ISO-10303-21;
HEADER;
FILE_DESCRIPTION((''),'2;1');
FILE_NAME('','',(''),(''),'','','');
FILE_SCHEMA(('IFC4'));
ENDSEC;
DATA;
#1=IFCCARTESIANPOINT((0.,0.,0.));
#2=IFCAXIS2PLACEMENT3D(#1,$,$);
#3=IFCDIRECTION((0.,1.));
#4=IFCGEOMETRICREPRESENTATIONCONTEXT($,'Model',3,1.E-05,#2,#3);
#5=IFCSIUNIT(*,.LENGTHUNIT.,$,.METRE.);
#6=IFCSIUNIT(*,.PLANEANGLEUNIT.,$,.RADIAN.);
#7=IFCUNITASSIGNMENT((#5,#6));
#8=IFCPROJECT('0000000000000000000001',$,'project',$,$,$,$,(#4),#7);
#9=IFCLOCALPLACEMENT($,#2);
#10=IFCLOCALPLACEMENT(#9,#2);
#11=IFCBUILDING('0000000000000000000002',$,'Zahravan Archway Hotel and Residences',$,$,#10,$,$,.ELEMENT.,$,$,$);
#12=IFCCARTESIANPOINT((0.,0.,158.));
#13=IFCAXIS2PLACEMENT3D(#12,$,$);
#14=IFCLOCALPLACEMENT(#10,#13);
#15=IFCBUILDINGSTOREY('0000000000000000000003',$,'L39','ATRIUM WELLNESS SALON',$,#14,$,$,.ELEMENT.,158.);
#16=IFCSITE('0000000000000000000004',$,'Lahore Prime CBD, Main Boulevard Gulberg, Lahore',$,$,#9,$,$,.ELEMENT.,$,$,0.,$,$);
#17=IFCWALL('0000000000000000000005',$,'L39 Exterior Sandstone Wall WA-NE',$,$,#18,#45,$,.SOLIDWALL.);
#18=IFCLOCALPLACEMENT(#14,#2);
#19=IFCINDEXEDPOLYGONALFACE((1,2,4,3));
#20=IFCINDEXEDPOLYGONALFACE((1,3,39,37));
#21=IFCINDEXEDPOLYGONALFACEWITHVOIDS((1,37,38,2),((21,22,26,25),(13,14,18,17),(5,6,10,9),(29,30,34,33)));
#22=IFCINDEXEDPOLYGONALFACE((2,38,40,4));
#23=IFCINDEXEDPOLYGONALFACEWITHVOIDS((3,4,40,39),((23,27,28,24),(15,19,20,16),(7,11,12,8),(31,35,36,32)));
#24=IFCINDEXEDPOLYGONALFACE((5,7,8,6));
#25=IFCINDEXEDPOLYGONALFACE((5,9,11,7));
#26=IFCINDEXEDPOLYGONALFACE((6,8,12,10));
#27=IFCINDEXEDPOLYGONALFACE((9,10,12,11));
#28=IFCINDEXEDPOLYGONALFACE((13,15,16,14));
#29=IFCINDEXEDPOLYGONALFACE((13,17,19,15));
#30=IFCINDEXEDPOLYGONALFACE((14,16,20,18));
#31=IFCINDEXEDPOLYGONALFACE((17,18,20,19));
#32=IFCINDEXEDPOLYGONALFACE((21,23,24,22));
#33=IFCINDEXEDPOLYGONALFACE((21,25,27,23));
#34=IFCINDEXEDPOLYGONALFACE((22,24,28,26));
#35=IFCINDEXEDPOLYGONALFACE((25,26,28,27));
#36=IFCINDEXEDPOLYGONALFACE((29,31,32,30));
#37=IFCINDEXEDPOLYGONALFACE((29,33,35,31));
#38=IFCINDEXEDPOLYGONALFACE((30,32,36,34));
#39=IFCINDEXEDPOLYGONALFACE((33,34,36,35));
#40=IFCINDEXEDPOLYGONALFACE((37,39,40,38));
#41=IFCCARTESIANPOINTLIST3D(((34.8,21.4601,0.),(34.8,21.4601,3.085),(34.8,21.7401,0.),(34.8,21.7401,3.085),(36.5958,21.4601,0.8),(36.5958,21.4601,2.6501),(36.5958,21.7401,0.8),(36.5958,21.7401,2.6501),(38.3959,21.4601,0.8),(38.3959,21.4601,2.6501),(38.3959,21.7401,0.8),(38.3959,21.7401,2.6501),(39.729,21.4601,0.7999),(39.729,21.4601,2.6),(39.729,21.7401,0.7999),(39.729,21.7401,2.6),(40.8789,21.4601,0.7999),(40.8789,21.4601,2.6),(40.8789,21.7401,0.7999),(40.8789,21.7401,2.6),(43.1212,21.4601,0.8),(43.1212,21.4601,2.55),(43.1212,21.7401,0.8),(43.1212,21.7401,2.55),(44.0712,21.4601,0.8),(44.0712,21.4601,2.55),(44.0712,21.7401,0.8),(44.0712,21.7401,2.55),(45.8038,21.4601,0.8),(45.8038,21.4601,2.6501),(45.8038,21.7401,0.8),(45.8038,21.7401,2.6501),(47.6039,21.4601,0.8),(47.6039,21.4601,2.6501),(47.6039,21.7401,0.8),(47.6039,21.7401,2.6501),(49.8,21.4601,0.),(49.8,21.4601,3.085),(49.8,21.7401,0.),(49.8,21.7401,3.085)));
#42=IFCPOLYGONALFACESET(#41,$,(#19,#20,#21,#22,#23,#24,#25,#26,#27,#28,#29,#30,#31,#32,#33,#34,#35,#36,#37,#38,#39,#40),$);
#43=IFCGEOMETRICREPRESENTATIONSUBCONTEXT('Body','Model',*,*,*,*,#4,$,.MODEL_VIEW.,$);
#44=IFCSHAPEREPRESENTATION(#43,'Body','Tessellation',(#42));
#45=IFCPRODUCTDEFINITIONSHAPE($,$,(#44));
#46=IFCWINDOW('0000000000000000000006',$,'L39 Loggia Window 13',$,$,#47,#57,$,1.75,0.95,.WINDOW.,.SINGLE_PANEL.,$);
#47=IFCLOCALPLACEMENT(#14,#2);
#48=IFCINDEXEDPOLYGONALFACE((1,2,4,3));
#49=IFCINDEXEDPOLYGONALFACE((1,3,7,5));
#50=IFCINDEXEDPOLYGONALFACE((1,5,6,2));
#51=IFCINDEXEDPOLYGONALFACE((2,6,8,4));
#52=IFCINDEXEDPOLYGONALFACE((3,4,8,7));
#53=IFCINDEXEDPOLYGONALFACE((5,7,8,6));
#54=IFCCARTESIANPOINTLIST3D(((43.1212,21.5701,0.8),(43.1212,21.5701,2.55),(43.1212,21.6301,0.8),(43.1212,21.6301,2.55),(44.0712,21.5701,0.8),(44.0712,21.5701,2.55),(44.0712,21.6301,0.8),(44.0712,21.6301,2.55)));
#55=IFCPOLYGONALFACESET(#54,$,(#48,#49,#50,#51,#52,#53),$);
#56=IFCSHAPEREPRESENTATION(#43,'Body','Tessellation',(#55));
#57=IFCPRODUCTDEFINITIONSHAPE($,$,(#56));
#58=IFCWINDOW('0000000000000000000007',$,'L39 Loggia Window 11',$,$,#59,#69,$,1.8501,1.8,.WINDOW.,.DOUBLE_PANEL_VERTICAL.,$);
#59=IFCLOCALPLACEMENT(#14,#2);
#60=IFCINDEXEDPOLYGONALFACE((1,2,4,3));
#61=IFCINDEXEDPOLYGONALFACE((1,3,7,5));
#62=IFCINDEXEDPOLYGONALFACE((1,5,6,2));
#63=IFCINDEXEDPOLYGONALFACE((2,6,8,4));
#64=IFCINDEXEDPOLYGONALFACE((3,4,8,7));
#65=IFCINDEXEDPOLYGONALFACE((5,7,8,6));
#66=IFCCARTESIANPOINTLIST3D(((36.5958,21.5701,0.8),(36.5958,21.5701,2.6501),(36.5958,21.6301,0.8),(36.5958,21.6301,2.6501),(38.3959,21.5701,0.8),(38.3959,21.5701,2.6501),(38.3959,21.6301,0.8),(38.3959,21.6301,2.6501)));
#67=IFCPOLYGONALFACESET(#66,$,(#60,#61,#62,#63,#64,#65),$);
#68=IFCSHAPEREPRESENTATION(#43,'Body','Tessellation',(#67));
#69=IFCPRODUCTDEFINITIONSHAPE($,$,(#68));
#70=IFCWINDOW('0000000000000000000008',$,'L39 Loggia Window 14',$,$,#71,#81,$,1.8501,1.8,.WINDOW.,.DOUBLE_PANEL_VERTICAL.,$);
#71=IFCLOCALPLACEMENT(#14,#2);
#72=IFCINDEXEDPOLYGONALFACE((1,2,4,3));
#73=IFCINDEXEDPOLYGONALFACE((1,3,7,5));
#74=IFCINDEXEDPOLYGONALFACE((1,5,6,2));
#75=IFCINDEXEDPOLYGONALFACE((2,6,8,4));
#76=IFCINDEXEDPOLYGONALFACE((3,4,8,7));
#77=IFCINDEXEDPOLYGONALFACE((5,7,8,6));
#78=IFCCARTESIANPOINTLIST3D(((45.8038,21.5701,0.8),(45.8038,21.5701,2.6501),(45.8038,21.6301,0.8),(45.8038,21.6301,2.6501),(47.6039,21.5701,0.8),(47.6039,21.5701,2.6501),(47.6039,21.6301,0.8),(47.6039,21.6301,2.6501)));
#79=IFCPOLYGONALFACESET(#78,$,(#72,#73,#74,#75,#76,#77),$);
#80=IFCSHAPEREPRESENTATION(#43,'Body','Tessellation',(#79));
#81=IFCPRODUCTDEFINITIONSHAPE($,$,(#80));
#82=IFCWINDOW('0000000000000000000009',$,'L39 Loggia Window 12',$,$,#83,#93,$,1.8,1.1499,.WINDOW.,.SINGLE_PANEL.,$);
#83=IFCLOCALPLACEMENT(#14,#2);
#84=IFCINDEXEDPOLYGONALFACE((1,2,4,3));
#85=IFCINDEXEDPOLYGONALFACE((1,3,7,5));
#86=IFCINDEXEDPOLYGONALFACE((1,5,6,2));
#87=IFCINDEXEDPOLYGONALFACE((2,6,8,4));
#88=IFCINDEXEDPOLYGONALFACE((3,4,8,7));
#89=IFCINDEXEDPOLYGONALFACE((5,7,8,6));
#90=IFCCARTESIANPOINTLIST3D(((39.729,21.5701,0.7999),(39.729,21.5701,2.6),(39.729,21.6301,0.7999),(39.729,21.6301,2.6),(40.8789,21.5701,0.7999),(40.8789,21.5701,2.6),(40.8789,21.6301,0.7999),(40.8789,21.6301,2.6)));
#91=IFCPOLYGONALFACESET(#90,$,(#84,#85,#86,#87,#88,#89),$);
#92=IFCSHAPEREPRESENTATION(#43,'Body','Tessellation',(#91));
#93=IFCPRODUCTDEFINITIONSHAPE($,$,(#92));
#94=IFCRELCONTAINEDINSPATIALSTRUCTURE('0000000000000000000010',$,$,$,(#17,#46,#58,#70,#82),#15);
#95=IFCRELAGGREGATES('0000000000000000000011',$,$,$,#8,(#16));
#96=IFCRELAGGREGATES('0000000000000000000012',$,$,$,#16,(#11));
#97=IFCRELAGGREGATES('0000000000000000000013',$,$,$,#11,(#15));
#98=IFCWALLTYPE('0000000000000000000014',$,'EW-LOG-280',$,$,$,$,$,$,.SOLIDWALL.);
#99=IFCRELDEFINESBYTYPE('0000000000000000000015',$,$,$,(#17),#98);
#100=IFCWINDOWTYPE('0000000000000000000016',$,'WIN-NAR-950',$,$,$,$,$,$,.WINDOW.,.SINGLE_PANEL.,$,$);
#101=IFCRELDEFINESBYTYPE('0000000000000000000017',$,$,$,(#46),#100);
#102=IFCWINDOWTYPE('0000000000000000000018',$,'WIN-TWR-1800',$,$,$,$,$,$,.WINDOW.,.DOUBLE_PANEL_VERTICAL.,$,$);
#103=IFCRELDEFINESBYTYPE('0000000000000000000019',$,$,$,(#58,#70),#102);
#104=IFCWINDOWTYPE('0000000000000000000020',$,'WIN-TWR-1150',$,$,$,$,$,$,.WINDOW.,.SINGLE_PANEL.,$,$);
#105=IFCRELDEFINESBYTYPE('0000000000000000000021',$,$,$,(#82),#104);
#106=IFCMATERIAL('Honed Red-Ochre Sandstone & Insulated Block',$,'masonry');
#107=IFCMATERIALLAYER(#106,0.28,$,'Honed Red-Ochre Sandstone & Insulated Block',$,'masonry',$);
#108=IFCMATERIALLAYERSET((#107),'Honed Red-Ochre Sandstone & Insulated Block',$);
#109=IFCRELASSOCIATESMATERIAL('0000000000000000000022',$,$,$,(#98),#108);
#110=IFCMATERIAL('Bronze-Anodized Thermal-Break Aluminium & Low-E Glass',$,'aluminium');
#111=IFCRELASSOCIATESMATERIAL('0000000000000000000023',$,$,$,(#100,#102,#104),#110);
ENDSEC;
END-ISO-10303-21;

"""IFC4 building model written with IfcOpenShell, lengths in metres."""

from ifc_helpers import new_model, si_unit, direction, frame, frame_2d, origin, place, context, subcontext, project, spatial, rectangle, extrude, source, transform, mapped, material, layer, layer_set, type_object, type_shapes, element, fill, save


model = new_model("IFC4")

# Units and contexts
model_context = context("Model", 3, precision=1e-05, world=origin(), true_north=direction((0.0, 1.0)))
body_context = subcontext(model_context, "Body", "Model", "MODEL_VIEW")
ifc_project = project(units=[si_unit("LENGTHUNIT", "METRE"), si_unit("PLANEANGLEUNIT", "RADIAN")], contexts=[model_context])

# Site, building, storey
site_placement = place(None, origin())
site = spatial("IfcSite", under=ifc_project, at=site_placement, Name="Lahore Prime CBD, Main Boulevard Gulberg, Lahore", CompositionType="ELEMENT", RefElevation=0.0)
building_placement = place(site_placement, origin())
building = spatial("IfcBuilding", under=site, at=building_placement, Name="Zahravan Archway Hotel and Residences", CompositionType="ELEMENT")
storey_placement = place(building_placement, frame((0.0, 0.0, 158.0)))
storey = spatial("IfcBuildingStorey", under=building, at=storey_placement, Name="L39", Description="ATRIUM WELLNESS SALON", CompositionType="ELEMENT", Elevation=158.0)

# Wall, openings, windows
ifc_material_1 = material(Name="Honed Red-Ochre Sandstone & Insulated Block", Category="masonry")
ifc_layer_1 = layer(ifc_material_1, 0.28, Name="Honed Red-Ochre Sandstone & Insulated Block", Category="masonry")
ifc_layer_set_1 = layer_set([ifc_layer_1], Name="Honed Red-Ochre Sandstone & Insulated Block")
wall_type_1 = type_object("IfcWallType", Name="EW-LOG-280", PredefinedType="SOLIDWALL", material=ifc_layer_set_1)
wall_1_placement = place(storey_placement, frame((34.8, 21.6001, 0.0), z_axis=(0.0, 0.0, 1.0), x_axis=(1.0, 0.0, 0.0)))
wall_1 = element("IfcWall", 1, at=wall_1_placement, inside=storey, type_object=wall_type_1, Name="L39 Exterior Sandstone Wall WA-NE", PredefinedType="SOLIDWALL", context=body_context, shape_type="SweptSolid", body=[
    extrude(rectangle(XDim=15.0, YDim=0.28, at=frame_2d((7.5, 0.0))), origin(), (0.0, 0.0, 1.0), 3.085),
])
opening_1_placement = place(wall_1_placement, frame((1.7959, 0.0, 0.8)))
opening_1 = element("IfcOpeningElement", 2, at=opening_1_placement, cuts=wall_1, PredefinedType="OPENING", context=body_context, shape_type="SweptSolid", body=[
    extrude(rectangle(XDim=1.8, YDim=1.8501, at=frame_2d((0.8999, 0.925))), frame((0.0, 0.1499, 0.0), z_axis=(0.0, -1.0, 0.0), x_axis=(1.0, 0.0, 0.0)), (0.0, 0.0, 1.0), 0.3),
])
opening_2_placement = place(wall_1_placement, frame((4.929, 0.0, 0.8)))
opening_2 = element("IfcOpeningElement", 3, at=opening_2_placement, cuts=wall_1, PredefinedType="OPENING", context=body_context, shape_type="SweptSolid", body=[
    extrude(rectangle(XDim=1.1499, YDim=1.8, at=frame_2d((0.575, 0.8999))), frame((0.0, 0.1499, 0.0), z_axis=(0.0, -1.0, 0.0), x_axis=(1.0, 0.0, 0.0)), (0.0, 0.0, 1.0), 0.3),
])
opening_3_placement = place(wall_1_placement, frame((8.321, 0.0, 0.8)))
opening_3 = element("IfcOpeningElement", 4, at=opening_3_placement, cuts=wall_1, PredefinedType="OPENING", context=body_context, shape_type="SweptSolid", body=[
    extrude(rectangle(XDim=0.95, YDim=1.75, at=frame_2d((0.4751, 0.875))), frame((0.0, 0.1499, 0.0), z_axis=(0.0, -1.0, 0.0), x_axis=(1.0, 0.0, 0.0)), (0.0, 0.0, 1.0), 0.3),
])
opening_4_placement = place(wall_1_placement, frame((11.0039, 0.0, 0.8)))
opening_4 = element("IfcOpeningElement", 5, at=opening_4_placement, cuts=wall_1, PredefinedType="OPENING", context=body_context, shape_type="SweptSolid", body=[
    extrude(rectangle(XDim=1.8, YDim=1.8501, at=frame_2d((0.8999, 0.925))), frame((0.0, 0.1499, 0.0), z_axis=(0.0, -1.0, 0.0), x_axis=(1.0, 0.0, 0.0)), (0.0, 0.0, 1.0), 0.3),
])
ifc_material_2 = material(Name="Bronze-Anodized Thermal-Break Aluminium & Low-E Glass", Category="aluminium")
window_type_1 = type_object("IfcWindowType", Name="WIN-NAR-950", PartitioningType="SINGLE_PANEL", PredefinedType="WINDOW", material=ifc_material_2)
shared_shape_1 = source(origin(), body_context, "Body", "SweptSolid", [
    extrude(rectangle(XDim=0.95, YDim=1.75, at=frame_2d((0.4751, 0.875))), frame((0.0, 0.03, 0.0), z_axis=(0.0, -1.0, 0.0), x_axis=(1.0, 0.0, 0.0)), (0.0, 0.0, 1.0), 0.0601),
])
type_shapes(window_type_1, [shared_shape_1])
window_1_placement = place(opening_3_placement, origin())
window_1 = element("IfcWindow", 6, at=window_1_placement, inside=storey, type_object=window_type_1, Name="L39 Loggia Window 13", OverallHeight=1.75, OverallWidth=0.95, PartitioningType="SINGLE_PANEL", PredefinedType="WINDOW", context=body_context, shape_type="MappedRepresentation", body=[
    mapped(shared_shape_1, transform((0.0, 0.0, 0.0), scale=1.0)),
])
fill(opening_3, window_1)
window_type_2 = type_object("IfcWindowType", Name="WIN-TWR-1800", PartitioningType="DOUBLE_PANEL_VERTICAL", PredefinedType="WINDOW", material=ifc_material_2)
shared_shape_2 = source(origin(), body_context, "Body", "SweptSolid", [
    extrude(rectangle(XDim=1.8, YDim=1.8501, at=frame_2d((0.8999, 0.925))), frame((0.0, 0.03, 0.0), z_axis=(0.0, -1.0, 0.0), x_axis=(1.0, 0.0, 0.0)), (0.0, 0.0, 1.0), 0.0601),
])
type_shapes(window_type_2, [shared_shape_2])
window_2_placement = place(opening_1_placement, origin())
window_2 = element("IfcWindow", 7, at=window_2_placement, inside=storey, type_object=window_type_2, Name="L39 Loggia Window 11", OverallHeight=1.8501, OverallWidth=1.8, PartitioningType="DOUBLE_PANEL_VERTICAL", PredefinedType="WINDOW", context=body_context, shape_type="MappedRepresentation", body=[
    mapped(shared_shape_2, transform((0.0, 0.0, 0.0), scale=1.0)),
])
fill(opening_1, window_2)
window_3_placement = place(opening_4_placement, origin())
window_3 = element("IfcWindow", 8, at=window_3_placement, inside=storey, type_object=window_type_2, Name="L39 Loggia Window 14", OverallHeight=1.8501, OverallWidth=1.8, PartitioningType="DOUBLE_PANEL_VERTICAL", PredefinedType="WINDOW", context=body_context, shape_type="MappedRepresentation", body=[
    mapped(shared_shape_2, transform((0.0, 0.0, 0.0), scale=1.0)),
])
fill(opening_4, window_3)
window_type_3 = type_object("IfcWindowType", Name="WIN-TWR-1150", PartitioningType="SINGLE_PANEL", PredefinedType="WINDOW", material=ifc_material_2)
shared_shape_3 = source(origin(), body_context, "Body", "SweptSolid", [
    extrude(rectangle(XDim=1.1499, YDim=1.8, at=frame_2d((0.575, 0.8999))), frame((0.0, 0.03, 0.0), z_axis=(0.0, -1.0, 0.0), x_axis=(1.0, 0.0, 0.0)), (0.0, 0.0, 1.0), 0.0601),
])
type_shapes(window_type_3, [shared_shape_3])
window_4_placement = place(opening_2_placement, origin())
window_4 = element("IfcWindow", 9, at=window_4_placement, inside=storey, type_object=window_type_3, Name="L39 Loggia Window 12", OverallHeight=1.8, OverallWidth=1.1499, PartitioningType="SINGLE_PANEL", PredefinedType="WINDOW", context=body_context, shape_type="MappedRepresentation", body=[
    mapped(shared_shape_3, transform((0.0, 0.0, 0.0), scale=1.0)),
])
fill(opening_2, window_4)

save(model, "model.ifc")
